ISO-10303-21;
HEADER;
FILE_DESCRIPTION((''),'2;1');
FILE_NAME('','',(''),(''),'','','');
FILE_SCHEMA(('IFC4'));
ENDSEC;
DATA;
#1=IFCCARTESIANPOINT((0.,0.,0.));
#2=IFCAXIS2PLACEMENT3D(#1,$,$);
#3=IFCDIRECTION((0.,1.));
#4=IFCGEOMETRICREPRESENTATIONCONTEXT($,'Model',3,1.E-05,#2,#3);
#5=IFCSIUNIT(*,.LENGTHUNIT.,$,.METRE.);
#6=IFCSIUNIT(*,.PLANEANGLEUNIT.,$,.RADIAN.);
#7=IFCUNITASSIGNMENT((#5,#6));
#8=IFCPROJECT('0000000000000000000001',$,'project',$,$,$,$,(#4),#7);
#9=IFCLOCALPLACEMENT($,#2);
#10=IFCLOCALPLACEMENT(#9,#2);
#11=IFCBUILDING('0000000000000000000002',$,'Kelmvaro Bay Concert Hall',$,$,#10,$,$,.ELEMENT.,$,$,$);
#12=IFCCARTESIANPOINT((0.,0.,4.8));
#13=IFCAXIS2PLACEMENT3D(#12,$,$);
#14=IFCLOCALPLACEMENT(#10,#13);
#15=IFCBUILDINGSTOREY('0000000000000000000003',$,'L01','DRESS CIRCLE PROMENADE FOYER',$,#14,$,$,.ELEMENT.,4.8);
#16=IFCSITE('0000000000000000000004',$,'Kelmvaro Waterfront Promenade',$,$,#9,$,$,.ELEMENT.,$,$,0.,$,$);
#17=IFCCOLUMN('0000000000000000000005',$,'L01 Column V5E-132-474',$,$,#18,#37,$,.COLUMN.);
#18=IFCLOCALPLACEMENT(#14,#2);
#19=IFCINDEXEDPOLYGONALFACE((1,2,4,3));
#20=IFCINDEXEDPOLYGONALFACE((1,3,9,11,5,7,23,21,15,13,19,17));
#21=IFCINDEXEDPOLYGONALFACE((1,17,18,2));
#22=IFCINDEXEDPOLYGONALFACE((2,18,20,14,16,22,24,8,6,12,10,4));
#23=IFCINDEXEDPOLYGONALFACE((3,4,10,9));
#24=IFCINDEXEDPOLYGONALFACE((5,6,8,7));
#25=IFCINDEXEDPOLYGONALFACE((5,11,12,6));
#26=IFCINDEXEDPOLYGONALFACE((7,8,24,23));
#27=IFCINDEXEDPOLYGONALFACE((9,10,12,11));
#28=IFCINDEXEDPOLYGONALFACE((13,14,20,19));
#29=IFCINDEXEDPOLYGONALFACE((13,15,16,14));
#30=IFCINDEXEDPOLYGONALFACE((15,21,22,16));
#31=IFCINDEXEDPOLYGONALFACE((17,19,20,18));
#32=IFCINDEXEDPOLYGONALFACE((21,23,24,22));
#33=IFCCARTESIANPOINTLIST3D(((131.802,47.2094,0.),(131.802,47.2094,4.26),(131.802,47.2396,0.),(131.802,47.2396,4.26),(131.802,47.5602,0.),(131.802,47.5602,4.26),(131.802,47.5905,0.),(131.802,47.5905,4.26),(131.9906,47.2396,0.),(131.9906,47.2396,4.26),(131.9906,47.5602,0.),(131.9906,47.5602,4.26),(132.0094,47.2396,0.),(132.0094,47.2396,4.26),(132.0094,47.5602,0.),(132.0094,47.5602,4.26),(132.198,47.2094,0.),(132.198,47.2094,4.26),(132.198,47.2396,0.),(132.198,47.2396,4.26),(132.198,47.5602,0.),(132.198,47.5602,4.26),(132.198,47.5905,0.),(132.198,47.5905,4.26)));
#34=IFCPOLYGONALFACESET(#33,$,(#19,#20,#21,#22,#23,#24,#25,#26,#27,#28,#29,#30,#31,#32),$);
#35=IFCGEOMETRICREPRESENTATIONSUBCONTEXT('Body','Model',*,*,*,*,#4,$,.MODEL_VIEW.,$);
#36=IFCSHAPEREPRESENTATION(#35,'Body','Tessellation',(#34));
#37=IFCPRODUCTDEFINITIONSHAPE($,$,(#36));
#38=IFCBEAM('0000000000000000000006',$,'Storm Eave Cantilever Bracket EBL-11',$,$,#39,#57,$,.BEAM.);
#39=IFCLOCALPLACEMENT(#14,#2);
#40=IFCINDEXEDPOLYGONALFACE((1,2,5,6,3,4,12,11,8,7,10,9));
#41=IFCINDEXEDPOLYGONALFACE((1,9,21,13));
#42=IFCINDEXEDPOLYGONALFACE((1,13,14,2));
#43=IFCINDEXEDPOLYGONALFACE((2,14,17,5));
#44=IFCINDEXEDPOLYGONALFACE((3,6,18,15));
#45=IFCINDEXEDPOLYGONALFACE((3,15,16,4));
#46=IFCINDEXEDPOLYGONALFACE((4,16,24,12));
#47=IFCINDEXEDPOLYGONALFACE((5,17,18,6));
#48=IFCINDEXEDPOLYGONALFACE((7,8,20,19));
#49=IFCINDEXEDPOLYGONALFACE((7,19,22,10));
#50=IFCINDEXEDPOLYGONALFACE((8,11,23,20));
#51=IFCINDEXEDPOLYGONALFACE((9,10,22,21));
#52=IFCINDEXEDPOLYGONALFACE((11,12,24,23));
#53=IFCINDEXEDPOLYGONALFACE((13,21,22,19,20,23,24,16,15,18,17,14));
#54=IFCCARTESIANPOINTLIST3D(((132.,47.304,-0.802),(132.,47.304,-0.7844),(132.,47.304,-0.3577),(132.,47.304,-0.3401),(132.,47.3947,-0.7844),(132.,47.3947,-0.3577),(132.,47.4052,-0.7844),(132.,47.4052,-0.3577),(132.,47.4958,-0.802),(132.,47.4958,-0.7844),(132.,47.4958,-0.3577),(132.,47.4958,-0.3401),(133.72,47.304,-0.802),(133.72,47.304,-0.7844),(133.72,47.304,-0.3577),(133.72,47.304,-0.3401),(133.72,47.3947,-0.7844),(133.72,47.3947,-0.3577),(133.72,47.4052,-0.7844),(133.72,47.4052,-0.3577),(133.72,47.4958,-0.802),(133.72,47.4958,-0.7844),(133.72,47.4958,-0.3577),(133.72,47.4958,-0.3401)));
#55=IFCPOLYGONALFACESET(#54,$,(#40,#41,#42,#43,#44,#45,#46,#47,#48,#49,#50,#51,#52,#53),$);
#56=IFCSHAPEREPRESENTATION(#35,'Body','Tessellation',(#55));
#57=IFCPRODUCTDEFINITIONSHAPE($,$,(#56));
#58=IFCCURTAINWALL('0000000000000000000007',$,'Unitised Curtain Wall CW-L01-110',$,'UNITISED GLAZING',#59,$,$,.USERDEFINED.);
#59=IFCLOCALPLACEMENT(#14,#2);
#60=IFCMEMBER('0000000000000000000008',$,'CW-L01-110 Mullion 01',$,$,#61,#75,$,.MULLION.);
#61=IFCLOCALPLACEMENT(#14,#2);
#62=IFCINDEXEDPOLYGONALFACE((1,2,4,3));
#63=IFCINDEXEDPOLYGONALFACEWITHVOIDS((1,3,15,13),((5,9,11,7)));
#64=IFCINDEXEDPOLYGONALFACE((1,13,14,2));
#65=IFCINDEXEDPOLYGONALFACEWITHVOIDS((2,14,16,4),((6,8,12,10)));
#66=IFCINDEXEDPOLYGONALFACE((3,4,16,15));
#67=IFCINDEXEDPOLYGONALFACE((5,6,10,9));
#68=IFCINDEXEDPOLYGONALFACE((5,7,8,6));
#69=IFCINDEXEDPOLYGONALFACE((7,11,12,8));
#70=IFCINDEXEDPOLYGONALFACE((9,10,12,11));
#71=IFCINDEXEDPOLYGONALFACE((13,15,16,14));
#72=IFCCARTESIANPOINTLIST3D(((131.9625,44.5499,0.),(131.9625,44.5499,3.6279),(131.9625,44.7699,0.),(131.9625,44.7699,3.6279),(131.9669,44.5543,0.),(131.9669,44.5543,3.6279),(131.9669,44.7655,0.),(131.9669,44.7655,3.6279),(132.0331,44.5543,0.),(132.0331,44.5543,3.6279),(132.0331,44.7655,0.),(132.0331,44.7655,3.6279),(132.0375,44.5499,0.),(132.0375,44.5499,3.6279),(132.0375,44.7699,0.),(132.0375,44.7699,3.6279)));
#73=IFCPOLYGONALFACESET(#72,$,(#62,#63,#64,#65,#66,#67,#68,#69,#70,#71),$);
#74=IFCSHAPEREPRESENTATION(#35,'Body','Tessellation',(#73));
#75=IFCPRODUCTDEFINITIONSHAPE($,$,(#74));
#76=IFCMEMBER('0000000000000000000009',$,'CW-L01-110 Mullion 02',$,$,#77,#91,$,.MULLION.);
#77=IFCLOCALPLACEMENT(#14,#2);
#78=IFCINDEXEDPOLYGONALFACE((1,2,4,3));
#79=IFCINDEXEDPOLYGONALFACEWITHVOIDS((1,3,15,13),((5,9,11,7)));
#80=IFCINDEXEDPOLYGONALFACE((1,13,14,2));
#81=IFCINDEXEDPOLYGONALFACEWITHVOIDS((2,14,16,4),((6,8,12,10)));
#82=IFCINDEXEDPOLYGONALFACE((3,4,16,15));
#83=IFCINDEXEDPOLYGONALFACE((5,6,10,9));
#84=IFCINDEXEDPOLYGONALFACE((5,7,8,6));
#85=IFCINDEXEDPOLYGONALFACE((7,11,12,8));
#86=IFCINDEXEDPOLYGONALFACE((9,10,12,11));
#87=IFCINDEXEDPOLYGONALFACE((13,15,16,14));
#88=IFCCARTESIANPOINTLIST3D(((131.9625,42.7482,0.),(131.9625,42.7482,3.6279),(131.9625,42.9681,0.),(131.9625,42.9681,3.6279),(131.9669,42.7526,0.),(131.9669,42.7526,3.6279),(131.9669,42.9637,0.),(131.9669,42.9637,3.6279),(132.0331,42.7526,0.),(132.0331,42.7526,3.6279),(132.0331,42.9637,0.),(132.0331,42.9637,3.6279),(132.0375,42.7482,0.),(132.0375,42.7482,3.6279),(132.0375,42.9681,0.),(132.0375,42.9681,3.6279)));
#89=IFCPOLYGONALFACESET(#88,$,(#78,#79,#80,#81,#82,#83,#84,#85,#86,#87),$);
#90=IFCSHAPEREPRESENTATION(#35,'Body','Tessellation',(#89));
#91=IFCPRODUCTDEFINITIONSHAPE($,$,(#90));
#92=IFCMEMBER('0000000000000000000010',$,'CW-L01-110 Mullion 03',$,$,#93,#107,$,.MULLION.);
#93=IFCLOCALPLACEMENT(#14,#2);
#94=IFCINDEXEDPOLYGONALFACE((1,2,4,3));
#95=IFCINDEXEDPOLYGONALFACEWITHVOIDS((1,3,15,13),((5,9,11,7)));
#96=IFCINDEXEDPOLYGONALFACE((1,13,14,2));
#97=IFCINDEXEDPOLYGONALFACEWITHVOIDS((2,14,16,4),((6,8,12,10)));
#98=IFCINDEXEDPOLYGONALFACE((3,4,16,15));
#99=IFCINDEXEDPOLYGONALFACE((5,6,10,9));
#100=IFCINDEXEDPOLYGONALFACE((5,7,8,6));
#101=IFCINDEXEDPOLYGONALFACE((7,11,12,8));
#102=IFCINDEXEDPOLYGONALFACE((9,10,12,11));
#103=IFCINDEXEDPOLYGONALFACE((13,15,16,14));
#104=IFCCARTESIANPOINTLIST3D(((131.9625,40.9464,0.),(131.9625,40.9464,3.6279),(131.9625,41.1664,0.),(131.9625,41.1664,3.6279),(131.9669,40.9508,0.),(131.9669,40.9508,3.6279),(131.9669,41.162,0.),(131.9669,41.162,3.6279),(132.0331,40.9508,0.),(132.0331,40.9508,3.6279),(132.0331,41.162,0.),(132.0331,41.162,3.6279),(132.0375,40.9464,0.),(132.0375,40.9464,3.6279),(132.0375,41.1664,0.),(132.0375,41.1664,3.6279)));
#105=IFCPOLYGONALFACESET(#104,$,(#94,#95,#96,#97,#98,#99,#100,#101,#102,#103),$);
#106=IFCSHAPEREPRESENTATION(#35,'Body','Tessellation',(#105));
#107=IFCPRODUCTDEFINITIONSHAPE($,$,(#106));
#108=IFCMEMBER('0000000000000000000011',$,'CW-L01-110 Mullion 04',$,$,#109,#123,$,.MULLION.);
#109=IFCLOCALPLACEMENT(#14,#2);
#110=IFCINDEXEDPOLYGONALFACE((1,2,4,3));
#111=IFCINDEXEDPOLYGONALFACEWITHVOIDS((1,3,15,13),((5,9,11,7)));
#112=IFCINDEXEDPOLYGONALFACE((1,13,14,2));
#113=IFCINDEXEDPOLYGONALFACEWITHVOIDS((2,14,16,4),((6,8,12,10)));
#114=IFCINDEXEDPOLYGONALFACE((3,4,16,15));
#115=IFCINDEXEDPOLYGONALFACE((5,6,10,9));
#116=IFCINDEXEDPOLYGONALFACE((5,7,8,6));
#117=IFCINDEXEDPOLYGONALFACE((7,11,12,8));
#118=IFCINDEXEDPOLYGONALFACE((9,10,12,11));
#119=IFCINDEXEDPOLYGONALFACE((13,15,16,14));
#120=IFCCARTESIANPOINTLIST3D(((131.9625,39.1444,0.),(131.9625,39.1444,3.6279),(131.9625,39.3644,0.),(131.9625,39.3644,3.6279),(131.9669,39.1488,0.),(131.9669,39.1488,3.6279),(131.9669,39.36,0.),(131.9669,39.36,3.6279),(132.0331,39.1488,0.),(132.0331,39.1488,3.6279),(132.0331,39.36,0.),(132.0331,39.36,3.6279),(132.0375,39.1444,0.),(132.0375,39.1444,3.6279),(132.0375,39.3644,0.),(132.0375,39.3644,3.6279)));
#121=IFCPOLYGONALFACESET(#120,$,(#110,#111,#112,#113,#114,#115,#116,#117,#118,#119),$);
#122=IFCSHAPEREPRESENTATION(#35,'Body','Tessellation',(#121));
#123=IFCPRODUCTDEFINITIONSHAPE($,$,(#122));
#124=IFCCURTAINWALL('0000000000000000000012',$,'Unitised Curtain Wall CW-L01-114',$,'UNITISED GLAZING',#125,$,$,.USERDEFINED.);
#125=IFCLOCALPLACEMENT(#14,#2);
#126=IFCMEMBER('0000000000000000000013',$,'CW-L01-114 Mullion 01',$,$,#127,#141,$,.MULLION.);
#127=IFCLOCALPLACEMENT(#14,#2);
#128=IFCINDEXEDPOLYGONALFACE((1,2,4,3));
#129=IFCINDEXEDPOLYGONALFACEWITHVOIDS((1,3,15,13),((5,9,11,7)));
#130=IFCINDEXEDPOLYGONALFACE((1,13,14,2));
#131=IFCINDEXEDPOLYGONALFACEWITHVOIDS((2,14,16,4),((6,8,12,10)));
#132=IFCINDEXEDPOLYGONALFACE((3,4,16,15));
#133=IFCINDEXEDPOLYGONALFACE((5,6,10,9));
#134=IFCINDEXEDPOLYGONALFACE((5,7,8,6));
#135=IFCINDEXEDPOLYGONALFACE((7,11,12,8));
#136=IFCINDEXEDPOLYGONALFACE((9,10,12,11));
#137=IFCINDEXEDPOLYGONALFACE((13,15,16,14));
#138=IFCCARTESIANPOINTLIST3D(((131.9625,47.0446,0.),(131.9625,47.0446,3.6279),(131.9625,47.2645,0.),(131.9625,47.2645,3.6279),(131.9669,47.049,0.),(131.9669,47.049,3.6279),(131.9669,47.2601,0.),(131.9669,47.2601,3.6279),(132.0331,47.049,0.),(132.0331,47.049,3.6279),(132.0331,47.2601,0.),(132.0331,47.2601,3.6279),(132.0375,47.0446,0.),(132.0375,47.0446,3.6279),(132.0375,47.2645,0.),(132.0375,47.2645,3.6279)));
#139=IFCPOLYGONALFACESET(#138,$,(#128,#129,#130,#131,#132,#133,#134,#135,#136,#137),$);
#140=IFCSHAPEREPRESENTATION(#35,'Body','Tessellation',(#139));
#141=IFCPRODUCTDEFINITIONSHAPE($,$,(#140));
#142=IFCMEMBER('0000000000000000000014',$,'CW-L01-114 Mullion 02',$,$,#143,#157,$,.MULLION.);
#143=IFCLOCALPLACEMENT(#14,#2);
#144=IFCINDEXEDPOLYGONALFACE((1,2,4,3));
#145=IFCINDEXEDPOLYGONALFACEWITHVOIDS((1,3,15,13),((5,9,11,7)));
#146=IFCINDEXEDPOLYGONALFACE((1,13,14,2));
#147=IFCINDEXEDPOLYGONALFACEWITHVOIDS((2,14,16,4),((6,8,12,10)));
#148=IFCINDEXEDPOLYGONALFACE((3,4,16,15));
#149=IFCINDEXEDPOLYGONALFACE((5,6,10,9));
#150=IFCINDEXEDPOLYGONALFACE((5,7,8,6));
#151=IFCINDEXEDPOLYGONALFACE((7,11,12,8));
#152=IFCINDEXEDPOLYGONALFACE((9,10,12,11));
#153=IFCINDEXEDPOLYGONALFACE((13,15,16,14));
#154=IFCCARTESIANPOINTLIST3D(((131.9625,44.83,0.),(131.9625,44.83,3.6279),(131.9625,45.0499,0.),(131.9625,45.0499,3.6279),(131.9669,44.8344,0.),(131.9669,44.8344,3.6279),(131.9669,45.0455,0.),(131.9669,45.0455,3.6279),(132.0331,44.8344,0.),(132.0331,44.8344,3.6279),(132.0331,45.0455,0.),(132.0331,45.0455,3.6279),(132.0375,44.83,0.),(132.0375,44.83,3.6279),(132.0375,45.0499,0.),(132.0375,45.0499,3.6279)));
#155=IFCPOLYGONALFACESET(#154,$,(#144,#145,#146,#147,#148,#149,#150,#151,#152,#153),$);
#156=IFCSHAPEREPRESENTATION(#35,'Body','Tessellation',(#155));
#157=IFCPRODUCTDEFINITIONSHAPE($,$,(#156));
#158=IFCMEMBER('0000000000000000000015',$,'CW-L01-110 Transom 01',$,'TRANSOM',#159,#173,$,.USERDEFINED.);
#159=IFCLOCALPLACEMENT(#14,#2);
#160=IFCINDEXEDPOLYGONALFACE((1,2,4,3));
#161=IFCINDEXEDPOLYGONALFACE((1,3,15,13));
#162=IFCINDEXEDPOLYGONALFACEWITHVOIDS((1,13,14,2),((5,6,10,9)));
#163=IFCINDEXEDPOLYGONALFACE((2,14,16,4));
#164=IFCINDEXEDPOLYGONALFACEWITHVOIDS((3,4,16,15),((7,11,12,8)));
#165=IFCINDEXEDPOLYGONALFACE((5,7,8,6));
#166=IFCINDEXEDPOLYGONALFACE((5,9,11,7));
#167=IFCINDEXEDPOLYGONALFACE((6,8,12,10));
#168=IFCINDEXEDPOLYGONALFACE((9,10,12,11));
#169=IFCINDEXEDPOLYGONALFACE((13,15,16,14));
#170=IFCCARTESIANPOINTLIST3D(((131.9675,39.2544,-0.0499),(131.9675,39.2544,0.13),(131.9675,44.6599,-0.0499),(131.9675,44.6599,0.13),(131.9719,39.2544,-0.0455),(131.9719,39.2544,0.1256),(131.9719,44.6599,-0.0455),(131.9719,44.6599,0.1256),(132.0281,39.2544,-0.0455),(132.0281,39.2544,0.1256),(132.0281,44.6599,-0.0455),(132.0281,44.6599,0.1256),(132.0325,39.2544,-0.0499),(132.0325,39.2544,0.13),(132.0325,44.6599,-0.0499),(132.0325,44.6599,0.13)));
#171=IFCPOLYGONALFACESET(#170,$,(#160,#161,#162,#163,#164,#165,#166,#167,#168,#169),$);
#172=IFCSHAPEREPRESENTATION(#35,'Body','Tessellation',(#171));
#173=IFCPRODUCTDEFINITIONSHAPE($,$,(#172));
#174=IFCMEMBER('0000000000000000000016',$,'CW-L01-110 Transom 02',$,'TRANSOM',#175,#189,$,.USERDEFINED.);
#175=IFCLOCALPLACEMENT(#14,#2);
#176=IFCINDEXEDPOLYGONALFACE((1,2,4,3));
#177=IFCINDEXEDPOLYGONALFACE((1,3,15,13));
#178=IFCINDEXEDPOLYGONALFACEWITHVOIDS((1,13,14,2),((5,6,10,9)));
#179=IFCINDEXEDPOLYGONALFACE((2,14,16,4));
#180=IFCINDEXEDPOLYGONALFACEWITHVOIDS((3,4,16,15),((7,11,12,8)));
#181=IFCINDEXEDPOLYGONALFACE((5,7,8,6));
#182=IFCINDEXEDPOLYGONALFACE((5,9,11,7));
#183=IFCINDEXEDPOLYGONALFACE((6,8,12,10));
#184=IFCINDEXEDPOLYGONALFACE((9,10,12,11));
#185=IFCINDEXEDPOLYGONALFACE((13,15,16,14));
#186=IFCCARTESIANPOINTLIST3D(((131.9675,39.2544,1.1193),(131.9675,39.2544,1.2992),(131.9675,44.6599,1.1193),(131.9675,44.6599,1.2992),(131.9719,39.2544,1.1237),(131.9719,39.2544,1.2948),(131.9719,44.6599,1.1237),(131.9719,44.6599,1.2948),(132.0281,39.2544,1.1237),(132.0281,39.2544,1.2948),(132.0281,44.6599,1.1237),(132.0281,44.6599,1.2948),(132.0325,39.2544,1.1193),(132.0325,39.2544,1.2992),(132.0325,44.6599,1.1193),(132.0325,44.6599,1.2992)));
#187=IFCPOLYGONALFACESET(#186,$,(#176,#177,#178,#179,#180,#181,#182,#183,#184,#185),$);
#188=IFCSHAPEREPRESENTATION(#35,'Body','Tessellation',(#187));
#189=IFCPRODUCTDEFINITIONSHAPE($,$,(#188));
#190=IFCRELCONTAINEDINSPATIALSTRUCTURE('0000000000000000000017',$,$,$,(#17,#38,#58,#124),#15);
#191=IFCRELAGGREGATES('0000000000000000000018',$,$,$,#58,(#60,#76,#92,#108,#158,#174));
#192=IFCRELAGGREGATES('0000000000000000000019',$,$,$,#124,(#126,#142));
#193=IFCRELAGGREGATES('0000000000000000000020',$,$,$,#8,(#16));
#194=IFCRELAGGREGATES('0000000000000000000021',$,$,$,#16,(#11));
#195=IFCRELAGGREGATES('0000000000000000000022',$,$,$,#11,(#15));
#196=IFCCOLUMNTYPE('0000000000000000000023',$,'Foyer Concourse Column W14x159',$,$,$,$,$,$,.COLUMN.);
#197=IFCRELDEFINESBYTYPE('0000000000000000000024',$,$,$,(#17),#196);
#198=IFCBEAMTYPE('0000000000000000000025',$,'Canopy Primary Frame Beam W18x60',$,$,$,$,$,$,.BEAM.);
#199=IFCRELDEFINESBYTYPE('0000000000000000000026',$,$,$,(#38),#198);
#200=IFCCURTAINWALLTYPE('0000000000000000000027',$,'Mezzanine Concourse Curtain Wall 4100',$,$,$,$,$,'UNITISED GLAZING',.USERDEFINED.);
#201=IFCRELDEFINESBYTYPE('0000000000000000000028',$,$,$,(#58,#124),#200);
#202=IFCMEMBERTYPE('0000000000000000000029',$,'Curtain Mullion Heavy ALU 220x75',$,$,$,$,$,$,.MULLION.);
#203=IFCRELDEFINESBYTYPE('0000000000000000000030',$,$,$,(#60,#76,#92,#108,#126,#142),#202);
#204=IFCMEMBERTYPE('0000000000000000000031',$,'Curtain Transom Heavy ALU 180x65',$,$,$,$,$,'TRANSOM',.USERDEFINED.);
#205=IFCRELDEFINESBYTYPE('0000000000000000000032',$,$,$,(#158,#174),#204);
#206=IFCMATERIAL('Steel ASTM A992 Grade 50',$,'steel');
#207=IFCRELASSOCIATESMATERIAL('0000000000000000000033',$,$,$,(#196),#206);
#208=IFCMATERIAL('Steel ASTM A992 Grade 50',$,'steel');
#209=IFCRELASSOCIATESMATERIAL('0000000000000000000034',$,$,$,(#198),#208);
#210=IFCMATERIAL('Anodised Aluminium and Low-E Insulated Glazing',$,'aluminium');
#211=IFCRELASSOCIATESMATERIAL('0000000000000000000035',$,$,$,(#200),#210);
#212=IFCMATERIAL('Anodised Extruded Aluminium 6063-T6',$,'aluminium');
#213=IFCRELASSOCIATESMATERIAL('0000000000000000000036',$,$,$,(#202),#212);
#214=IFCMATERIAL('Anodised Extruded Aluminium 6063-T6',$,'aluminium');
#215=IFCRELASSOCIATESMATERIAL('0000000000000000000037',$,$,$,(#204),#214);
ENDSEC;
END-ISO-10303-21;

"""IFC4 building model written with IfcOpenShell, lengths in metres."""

from ifc_helpers import new_model, si_unit, direction, frame, origin, origin_2d, place, context, subcontext, project, spatial, hollow_rectangle, i_section, extrude, material, material_profile, profile_set, type_object, element, aggregate, save


model = new_model("IFC4")

# Units and contexts
model_context = context("Model", 3, precision=1e-05, world=origin(), true_north=direction((0.0, 1.0)))
body_context = subcontext(model_context, "Body", "Model", "MODEL_VIEW")
ifc_project = project(units=[si_unit("LENGTHUNIT", "METRE"), si_unit("PLANEANGLEUNIT", "RADIAN")], contexts=[model_context])

# Site, building, storey
site_placement = place(None, origin())
site = spatial("IfcSite", under=ifc_project, at=site_placement, Name="Kelmvaro Waterfront Promenade", CompositionType="ELEMENT", RefElevation=0.0)
building_placement = place(site_placement, origin())
building = spatial("IfcBuilding", under=site, at=building_placement, Name="Kelmvaro Bay Concert Hall", CompositionType="ELEMENT")
storey_placement = place(building_placement, frame((0.0, 0.0, 4.8)))
storey = spatial("IfcBuildingStorey", under=building, at=storey_placement, Name="L01", Description="DRESS CIRCLE PROMENADE FOYER", CompositionType="ELEMENT", Elevation=4.8)

# Column
ifc_material_1 = material(Name="Steel ASTM A992 Grade 50", Category="steel")
ifc_material_profile_1 = material_profile(ifc_material_1, i_section(OverallWidth=0.396, OverallDepth=0.3811, WebThickness=0.0188, FlangeThickness=0.0303, at=origin_2d()), Name="W14X159")
ifc_profile_set_1 = profile_set([ifc_material_profile_1], Name="Steel ASTM A992 Grade 50")
column_type = type_object("IfcColumnType", Name="Foyer Concourse Column W14x159", PredefinedType="COLUMN", material=ifc_profile_set_1)
column_placement = place(storey_placement, frame((132.0, 47.3999, 0.0), z_axis=(0.0, 0.0, 1.0), x_axis=(1.0, 0.0, 0.0)))
element("IfcColumn", 1, at=column_placement, inside=storey, type_object=column_type, Name="L01 Column V5E-132-474", PredefinedType="COLUMN", context=body_context, shape_type="SweptSolid", body=[
    extrude(i_section(OverallWidth=0.396, OverallDepth=0.3811, WebThickness=0.0188, FlangeThickness=0.0303, at=origin_2d()), origin(), (0.0, 0.0, 1.0), 4.26),
])

# Beam
ifc_material_2 = material(Name="Steel ASTM A992 Grade 50", Category="steel")
ifc_material_profile_2 = material_profile(ifc_material_2, i_section(OverallWidth=0.1919, OverallDepth=0.4619, WebThickness=0.0105, FlangeThickness=0.0176, at=origin_2d()), Name="W18X60")
ifc_profile_set_2 = profile_set([ifc_material_profile_2], Name="Steel ASTM A992 Grade 50")
beam_type_1 = type_object("IfcBeamType", Name="Canopy Primary Frame Beam W18x60", PredefinedType="BEAM", material=ifc_profile_set_2)
beam_1_placement = place(storey_placement, frame((132.0, 47.3999, -0.571), z_axis=(1.0, 0.0, 0.0), x_axis=(0.0, 1.0, 0.0)))
element("IfcBeam", 2, at=beam_1_placement, inside=storey, type_object=beam_type_1, Name="Storm Eave Cantilever Bracket EBL-11", PredefinedType="BEAM", context=body_context, shape_type="SweptSolid", body=[
    extrude(i_section(OverallWidth=0.1919, OverallDepth=0.4619, WebThickness=0.0105, FlangeThickness=0.0176, at=origin_2d()), origin(), (0.0, 0.0, 1.0), 1.72),
])

# Curtain walls, members
ifc_material_3 = material(Name="Anodised Aluminium and Low-E Insulated Glazing", Category="aluminium")
curtain_wall_type = type_object("IfcCurtainWallType", Name="Mezzanine Concourse Curtain Wall 4100", ElementType="UNITISED GLAZING", PredefinedType="USERDEFINED", material=ifc_material_3)
curtain_wall_1_placement = place(storey_placement, origin())
curtain_wall_1 = element("IfcCurtainWall", 3, at=curtain_wall_1_placement, inside=storey, type_object=curtain_wall_type, Name="Unitised Curtain Wall CW-L01-110", ObjectType="UNITISED GLAZING", PredefinedType="USERDEFINED")
ifc_material_4 = material(Name="Anodised Extruded Aluminium 6063-T6", Category="aluminium")
ifc_material_profile_3 = material_profile(ifc_material_4, hollow_rectangle(XDim=0.075, YDim=0.22, WallThickness=0.0044, at=origin_2d()), Name="ALU-MUL-220X75")
ifc_profile_set_3 = profile_set([ifc_material_profile_3], Name="Anodised Extruded Aluminium 6063-T6")
member_type_1 = type_object("IfcMemberType", Name="Curtain Mullion Heavy ALU 220x75", PredefinedType="MULLION", material=ifc_profile_set_3)
member_1_placement = place(storey_placement, frame((132.0, 44.6599, 0.0), z_axis=(0.0, 0.0, 1.0), x_axis=(1.0, 0.0, 0.0)))
member_1 = element("IfcMember", 4, at=member_1_placement, type_object=member_type_1, Name="CW-L01-110 Mullion 01", PredefinedType="MULLION", context=body_context, shape_type="SweptSolid", body=[
    extrude(hollow_rectangle(XDim=0.075, YDim=0.22, WallThickness=0.0044, at=origin_2d()), origin(), (0.0, 0.0, 1.0), 3.6279),
])
member_2_placement = place(storey_placement, frame((132.0, 42.8582, 0.0), z_axis=(0.0, 0.0, 1.0), x_axis=(1.0, 0.0, 0.0)))
member_2 = element("IfcMember", 5, at=member_2_placement, type_object=member_type_1, Name="CW-L01-110 Mullion 02", PredefinedType="MULLION", context=body_context, shape_type="SweptSolid", body=[
    extrude(hollow_rectangle(XDim=0.075, YDim=0.22, WallThickness=0.0044, at=origin_2d()), origin(), (0.0, 0.0, 1.0), 3.6279),
])
member_3_placement = place(storey_placement, frame((132.0, 41.0564, 0.0), z_axis=(0.0, 0.0, 1.0), x_axis=(1.0, 0.0, 0.0)))
member_3 = element("IfcMember", 6, at=member_3_placement, type_object=member_type_1, Name="CW-L01-110 Mullion 03", PredefinedType="MULLION", context=body_context, shape_type="SweptSolid", body=[
    extrude(hollow_rectangle(XDim=0.075, YDim=0.22, WallThickness=0.0044, at=origin_2d()), origin(), (0.0, 0.0, 1.0), 3.6279),
])
member_4_placement = place(storey_placement, frame((132.0, 39.2544, 0.0), z_axis=(0.0, 0.0, 1.0), x_axis=(1.0, 0.0, 0.0)))
member_4 = element("IfcMember", 7, at=member_4_placement, type_object=member_type_1, Name="CW-L01-110 Mullion 04", PredefinedType="MULLION", context=body_context, shape_type="SweptSolid", body=[
    extrude(hollow_rectangle(XDim=0.075, YDim=0.22, WallThickness=0.0044, at=origin_2d()), origin(), (0.0, 0.0, 1.0), 3.6279),
])
curtain_wall_2_placement = place(storey_placement, origin())
curtain_wall_2 = element("IfcCurtainWall", 8, at=curtain_wall_2_placement, inside=storey, type_object=curtain_wall_type, Name="Unitised Curtain Wall CW-L01-114", ObjectType="UNITISED GLAZING", PredefinedType="USERDEFINED")
member_5_placement = place(storey_placement, frame((132.0, 47.1545, 0.0), z_axis=(0.0, 0.0, 1.0), x_axis=(1.0, 0.0, 0.0)))
member_5 = element("IfcMember", 9, at=member_5_placement, type_object=member_type_1, Name="CW-L01-114 Mullion 01", PredefinedType="MULLION", context=body_context, shape_type="SweptSolid", body=[
    extrude(hollow_rectangle(XDim=0.075, YDim=0.22, WallThickness=0.0044, at=origin_2d()), origin(), (0.0, 0.0, 1.0), 3.6279),
])
member_6_placement = place(storey_placement, frame((132.0, 44.9399, 0.0), z_axis=(0.0, 0.0, 1.0), x_axis=(1.0, 0.0, 0.0)))
member_6 = element("IfcMember", 10, at=member_6_placement, type_object=member_type_1, Name="CW-L01-114 Mullion 02", PredefinedType="MULLION", context=body_context, shape_type="SweptSolid", body=[
    extrude(hollow_rectangle(XDim=0.075, YDim=0.22, WallThickness=0.0044, at=origin_2d()), origin(), (0.0, 0.0, 1.0), 3.6279),
])

# Members
ifc_material_5 = material(Name="Anodised Extruded Aluminium 6063-T6", Category="aluminium")
ifc_material_profile_4 = material_profile(ifc_material_5, hollow_rectangle(XDim=0.0649, YDim=0.1799, WallThickness=0.0044, at=origin_2d()), Name="ALU-TRN-180X65")
ifc_profile_set_4 = profile_set([ifc_material_profile_4], Name="Anodised Extruded Aluminium 6063-T6")
member_type_2 = type_object("IfcMemberType", Name="Curtain Transom Heavy ALU 180x65", ElementType="TRANSOM", PredefinedType="USERDEFINED", material=ifc_profile_set_4)
member_7_placement = place(storey_placement, frame((132.0, 44.6599, 0.04), z_axis=(0.0, -1.0, 0.0), x_axis=(1.0, 0.0, 0.0)))
member_7 = element("IfcMember", 11, at=member_7_placement, type_object=member_type_2, Name="CW-L01-110 Transom 01", ObjectType="TRANSOM", PredefinedType="USERDEFINED", context=body_context, shape_type="SweptSolid", body=[
    extrude(hollow_rectangle(XDim=0.0649, YDim=0.1799, WallThickness=0.0044, at=origin_2d()), origin(), (0.0, 0.0, 1.0), 5.4055),
])
member_8_placement = place(storey_placement, frame((132.0, 44.6599, 1.2092), z_axis=(0.0, -1.0, 0.0), x_axis=(1.0, 0.0, 0.0)))
member_8 = element("IfcMember", 12, at=member_8_placement, type_object=member_type_2, Name="CW-L01-110 Transom 02", ObjectType="TRANSOM", PredefinedType="USERDEFINED", context=body_context, shape_type="SweptSolid", body=[
    extrude(hollow_rectangle(XDim=0.0649, YDim=0.1799, WallThickness=0.0044, at=origin_2d()), origin(), (0.0, 0.0, 1.0), 5.4055),
])

aggregate(curtain_wall_1, [member_1, member_2, member_3, member_4, member_7, member_8])
aggregate(curtain_wall_2, [member_5, member_6])

save(model, "model.ifc")
